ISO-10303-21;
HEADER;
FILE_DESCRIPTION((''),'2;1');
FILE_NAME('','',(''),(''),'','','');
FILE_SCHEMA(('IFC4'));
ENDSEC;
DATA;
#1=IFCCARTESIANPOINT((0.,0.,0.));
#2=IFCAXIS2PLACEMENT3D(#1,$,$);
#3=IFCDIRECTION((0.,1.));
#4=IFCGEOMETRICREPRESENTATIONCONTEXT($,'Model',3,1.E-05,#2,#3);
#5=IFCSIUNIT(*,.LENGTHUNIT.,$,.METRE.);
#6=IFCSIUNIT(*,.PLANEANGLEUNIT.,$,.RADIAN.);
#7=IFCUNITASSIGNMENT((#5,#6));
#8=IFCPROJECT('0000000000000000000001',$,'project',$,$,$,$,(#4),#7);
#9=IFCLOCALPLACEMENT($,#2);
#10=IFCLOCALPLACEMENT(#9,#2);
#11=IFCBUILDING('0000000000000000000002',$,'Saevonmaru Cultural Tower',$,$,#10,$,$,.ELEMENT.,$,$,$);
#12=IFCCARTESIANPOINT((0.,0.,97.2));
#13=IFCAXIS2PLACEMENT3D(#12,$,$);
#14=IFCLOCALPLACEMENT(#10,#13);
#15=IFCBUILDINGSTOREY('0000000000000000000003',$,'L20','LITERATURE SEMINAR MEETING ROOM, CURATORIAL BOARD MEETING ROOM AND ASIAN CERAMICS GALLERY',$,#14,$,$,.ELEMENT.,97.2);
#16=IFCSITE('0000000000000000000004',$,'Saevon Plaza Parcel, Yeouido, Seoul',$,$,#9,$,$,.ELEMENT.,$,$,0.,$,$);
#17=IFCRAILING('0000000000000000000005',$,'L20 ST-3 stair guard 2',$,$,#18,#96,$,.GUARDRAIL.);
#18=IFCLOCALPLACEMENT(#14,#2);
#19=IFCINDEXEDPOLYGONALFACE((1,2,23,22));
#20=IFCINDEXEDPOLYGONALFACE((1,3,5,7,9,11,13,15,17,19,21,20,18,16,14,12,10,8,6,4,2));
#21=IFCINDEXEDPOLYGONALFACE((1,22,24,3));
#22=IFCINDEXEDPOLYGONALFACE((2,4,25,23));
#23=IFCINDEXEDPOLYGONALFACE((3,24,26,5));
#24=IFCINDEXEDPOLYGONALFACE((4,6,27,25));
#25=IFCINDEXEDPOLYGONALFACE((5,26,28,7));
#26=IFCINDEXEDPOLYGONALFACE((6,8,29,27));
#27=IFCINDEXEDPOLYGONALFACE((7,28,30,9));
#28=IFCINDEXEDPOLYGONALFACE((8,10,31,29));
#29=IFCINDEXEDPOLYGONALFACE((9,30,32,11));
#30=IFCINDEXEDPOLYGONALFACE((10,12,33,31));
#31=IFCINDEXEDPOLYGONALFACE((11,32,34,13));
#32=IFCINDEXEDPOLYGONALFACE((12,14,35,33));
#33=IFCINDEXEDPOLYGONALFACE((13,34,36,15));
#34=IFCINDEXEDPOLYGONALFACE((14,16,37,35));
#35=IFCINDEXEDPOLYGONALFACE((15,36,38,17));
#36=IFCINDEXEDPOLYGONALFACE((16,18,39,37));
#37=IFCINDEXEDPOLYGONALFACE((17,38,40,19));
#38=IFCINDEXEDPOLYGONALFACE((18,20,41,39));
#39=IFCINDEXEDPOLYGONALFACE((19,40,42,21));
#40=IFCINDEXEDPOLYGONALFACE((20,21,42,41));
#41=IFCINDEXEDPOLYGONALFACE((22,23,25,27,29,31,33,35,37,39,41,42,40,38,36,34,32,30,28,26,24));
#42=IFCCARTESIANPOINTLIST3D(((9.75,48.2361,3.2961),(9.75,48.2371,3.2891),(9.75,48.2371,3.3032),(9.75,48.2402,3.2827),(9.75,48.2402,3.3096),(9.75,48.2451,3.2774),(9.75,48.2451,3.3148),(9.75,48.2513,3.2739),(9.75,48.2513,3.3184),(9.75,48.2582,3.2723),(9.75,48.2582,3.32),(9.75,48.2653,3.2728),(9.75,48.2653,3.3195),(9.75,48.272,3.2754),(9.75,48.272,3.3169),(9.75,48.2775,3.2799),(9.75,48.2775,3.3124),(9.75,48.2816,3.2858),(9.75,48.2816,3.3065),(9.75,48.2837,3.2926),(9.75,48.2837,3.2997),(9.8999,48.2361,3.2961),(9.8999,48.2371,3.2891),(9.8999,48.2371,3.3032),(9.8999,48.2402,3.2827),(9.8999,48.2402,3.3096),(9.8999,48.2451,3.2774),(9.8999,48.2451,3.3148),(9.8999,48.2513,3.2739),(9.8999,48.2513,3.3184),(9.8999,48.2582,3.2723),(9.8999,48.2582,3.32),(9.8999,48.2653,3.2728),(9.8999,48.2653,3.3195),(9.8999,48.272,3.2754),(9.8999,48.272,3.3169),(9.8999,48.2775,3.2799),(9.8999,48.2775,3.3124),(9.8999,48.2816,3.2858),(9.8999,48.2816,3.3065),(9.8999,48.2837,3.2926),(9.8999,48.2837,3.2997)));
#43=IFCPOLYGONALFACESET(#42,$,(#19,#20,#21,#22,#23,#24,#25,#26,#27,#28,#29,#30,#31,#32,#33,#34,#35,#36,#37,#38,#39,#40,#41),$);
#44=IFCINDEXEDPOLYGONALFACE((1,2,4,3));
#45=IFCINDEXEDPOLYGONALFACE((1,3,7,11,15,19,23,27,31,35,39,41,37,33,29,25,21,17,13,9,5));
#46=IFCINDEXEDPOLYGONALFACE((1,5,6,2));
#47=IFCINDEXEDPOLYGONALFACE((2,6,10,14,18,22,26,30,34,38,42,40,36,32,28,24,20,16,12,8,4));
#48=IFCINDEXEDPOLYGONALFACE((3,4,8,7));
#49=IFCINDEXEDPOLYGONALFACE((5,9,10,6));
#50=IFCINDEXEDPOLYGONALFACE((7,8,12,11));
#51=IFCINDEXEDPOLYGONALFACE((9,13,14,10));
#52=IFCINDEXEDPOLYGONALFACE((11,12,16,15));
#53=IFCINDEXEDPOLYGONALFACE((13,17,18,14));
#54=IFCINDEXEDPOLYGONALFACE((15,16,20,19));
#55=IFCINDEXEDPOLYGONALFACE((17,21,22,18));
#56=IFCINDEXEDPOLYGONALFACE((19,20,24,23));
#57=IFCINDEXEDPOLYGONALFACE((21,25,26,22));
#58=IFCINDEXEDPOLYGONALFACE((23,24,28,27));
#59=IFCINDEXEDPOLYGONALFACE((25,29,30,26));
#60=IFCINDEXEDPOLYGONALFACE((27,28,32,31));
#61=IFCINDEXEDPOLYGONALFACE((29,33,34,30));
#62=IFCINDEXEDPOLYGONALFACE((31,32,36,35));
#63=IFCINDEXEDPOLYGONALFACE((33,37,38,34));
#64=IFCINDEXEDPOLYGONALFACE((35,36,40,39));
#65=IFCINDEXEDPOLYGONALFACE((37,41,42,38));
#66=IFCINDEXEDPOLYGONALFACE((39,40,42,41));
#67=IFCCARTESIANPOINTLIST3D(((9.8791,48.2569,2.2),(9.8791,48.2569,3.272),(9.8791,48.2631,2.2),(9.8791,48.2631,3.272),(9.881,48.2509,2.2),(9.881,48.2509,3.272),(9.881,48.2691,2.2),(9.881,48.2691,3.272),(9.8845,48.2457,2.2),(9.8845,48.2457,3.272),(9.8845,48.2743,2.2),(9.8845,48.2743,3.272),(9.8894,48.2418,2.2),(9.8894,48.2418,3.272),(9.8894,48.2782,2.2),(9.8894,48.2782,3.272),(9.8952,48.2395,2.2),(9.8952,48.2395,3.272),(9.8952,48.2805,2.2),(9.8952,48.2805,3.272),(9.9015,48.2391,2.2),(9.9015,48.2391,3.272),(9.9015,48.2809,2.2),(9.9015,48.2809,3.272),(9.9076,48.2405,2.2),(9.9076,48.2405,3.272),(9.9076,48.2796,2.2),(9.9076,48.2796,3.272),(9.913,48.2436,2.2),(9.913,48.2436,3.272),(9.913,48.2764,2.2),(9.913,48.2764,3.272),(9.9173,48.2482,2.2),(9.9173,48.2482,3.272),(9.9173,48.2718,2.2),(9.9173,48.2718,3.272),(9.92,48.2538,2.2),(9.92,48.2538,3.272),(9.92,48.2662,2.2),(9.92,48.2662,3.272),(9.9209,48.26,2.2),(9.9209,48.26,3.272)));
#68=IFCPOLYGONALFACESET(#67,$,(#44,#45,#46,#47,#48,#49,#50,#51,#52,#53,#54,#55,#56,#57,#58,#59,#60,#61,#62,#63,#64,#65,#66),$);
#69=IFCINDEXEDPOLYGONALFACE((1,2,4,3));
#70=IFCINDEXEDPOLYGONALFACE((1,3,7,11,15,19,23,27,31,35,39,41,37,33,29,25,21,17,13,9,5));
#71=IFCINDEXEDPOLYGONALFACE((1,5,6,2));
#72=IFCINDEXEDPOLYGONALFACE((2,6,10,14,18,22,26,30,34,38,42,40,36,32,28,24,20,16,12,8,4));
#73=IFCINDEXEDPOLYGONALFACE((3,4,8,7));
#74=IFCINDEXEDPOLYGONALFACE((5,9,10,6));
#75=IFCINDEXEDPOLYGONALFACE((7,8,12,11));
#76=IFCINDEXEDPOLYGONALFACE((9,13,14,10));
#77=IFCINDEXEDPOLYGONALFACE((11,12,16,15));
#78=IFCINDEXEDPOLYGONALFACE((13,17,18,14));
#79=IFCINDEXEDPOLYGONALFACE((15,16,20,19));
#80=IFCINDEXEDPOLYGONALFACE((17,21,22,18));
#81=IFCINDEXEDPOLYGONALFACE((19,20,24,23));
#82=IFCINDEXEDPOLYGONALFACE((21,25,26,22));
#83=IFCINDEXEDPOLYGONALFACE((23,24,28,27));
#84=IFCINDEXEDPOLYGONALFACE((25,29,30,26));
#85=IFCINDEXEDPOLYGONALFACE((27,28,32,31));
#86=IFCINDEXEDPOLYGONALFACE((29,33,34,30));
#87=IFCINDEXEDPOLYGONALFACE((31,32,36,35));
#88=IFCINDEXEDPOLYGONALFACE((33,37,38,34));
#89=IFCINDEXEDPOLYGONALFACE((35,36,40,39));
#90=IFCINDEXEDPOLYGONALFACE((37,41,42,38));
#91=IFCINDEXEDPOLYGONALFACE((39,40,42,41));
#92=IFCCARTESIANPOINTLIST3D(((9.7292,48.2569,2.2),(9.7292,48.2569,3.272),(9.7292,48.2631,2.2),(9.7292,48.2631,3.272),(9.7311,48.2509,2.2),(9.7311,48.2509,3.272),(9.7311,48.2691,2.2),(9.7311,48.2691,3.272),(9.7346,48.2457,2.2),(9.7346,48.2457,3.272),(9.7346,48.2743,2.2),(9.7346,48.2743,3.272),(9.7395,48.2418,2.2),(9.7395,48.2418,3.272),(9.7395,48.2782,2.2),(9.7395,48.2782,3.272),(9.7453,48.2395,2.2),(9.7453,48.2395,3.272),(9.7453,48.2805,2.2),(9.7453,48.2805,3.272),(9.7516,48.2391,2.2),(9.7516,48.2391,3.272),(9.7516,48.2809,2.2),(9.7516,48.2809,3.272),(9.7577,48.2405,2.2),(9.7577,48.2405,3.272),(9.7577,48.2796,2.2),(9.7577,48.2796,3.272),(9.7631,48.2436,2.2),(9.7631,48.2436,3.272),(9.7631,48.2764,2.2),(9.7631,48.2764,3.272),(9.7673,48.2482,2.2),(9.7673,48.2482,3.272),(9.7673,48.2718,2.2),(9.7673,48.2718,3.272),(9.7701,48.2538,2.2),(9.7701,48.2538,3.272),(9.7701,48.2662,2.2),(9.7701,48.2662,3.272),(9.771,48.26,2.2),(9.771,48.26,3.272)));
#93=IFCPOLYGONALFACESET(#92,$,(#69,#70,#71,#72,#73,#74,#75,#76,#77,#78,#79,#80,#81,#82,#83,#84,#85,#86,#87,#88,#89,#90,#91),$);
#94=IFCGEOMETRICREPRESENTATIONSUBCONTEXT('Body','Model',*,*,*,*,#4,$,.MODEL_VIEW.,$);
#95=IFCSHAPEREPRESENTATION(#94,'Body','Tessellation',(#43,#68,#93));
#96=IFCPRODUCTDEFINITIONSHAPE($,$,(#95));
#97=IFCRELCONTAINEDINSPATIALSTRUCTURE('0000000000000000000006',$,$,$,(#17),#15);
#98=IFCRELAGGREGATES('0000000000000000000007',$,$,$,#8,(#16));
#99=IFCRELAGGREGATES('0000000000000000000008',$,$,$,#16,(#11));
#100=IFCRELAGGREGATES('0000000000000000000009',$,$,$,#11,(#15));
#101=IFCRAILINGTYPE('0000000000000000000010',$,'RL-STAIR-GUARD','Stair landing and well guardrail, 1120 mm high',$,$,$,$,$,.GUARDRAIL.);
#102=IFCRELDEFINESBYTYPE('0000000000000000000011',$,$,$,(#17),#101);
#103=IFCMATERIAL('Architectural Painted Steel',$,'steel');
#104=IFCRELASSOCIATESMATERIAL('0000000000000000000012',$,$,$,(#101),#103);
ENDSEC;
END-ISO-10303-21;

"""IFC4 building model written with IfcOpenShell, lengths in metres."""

from ifc_helpers import new_model, si_unit, direction, frame, origin, origin_2d, place, context, subcontext, project, spatial, circle, extrude, material, type_object, element, save


model = new_model("IFC4")

# Units and contexts
model_context = context("Model", 3, precision=1e-05, world=origin(), true_north=direction((0.0, 1.0)))
body_context = subcontext(model_context, "Body", "Model", "MODEL_VIEW")
ifc_project = project(units=[si_unit("LENGTHUNIT", "METRE"), si_unit("PLANEANGLEUNIT", "RADIAN")], contexts=[model_context])

# Site, building, storey
site_placement = place(None, origin())
site = spatial("IfcSite", under=ifc_project, at=site_placement, Name="Saevon Plaza Parcel, Yeouido, Seoul", CompositionType="ELEMENT", RefElevation=0.0)
building_placement = place(site_placement, origin())
building = spatial("IfcBuilding", under=site, at=building_placement, Name="Saevonmaru Cultural Tower", CompositionType="ELEMENT")
storey_placement = place(building_placement, frame((0.0, 0.0, 97.2)))
storey = spatial("IfcBuildingStorey", under=building, at=storey_placement, Name="L20", Description="LITERATURE SEMINAR MEETING ROOM, CURATORIAL BOARD MEETING ROOM AND ASIAN CERAMICS GALLERY", CompositionType="ELEMENT", Elevation=97.2)

# Railing
ifc_material_1 = material(Name="Architectural Painted Steel", Category="steel")
railing_type_1 = type_object("IfcRailingType", Name="RL-STAIR-GUARD", Description="Stair landing and well guardrail, 1120 mm high", PredefinedType="GUARDRAIL", material=ifc_material_1)
railing_1_placement = place(storey_placement, frame((9.8999, 48.26, 2.2)))
element("IfcRailing", 1, at=railing_1_placement, inside=storey, type_object=railing_type_1, Name="L20 ST-3 stair guard 2", PredefinedType="GUARDRAIL", context=body_context, shape_type="SweptSolid", body=[
    extrude(circle(Radius=0.0239, at=origin_2d()), frame((0.0, 0.0, 1.0962), z_axis=(-1.0, 0.0, 0.0), x_axis=(0.0, -1.0, 0.0)), (0.0, 0.0, 1.0), 0.1499),
    extrude(circle(Radius=0.021, at=origin_2d()), origin(), (0.0, 0.0, 1.0), 1.072),
    extrude(circle(Radius=0.021, at=origin_2d()), frame((-0.1499, 0.0, 0.0)), (0.0, 0.0, 1.0), 1.072),
])

save(model, "model.ifc")
